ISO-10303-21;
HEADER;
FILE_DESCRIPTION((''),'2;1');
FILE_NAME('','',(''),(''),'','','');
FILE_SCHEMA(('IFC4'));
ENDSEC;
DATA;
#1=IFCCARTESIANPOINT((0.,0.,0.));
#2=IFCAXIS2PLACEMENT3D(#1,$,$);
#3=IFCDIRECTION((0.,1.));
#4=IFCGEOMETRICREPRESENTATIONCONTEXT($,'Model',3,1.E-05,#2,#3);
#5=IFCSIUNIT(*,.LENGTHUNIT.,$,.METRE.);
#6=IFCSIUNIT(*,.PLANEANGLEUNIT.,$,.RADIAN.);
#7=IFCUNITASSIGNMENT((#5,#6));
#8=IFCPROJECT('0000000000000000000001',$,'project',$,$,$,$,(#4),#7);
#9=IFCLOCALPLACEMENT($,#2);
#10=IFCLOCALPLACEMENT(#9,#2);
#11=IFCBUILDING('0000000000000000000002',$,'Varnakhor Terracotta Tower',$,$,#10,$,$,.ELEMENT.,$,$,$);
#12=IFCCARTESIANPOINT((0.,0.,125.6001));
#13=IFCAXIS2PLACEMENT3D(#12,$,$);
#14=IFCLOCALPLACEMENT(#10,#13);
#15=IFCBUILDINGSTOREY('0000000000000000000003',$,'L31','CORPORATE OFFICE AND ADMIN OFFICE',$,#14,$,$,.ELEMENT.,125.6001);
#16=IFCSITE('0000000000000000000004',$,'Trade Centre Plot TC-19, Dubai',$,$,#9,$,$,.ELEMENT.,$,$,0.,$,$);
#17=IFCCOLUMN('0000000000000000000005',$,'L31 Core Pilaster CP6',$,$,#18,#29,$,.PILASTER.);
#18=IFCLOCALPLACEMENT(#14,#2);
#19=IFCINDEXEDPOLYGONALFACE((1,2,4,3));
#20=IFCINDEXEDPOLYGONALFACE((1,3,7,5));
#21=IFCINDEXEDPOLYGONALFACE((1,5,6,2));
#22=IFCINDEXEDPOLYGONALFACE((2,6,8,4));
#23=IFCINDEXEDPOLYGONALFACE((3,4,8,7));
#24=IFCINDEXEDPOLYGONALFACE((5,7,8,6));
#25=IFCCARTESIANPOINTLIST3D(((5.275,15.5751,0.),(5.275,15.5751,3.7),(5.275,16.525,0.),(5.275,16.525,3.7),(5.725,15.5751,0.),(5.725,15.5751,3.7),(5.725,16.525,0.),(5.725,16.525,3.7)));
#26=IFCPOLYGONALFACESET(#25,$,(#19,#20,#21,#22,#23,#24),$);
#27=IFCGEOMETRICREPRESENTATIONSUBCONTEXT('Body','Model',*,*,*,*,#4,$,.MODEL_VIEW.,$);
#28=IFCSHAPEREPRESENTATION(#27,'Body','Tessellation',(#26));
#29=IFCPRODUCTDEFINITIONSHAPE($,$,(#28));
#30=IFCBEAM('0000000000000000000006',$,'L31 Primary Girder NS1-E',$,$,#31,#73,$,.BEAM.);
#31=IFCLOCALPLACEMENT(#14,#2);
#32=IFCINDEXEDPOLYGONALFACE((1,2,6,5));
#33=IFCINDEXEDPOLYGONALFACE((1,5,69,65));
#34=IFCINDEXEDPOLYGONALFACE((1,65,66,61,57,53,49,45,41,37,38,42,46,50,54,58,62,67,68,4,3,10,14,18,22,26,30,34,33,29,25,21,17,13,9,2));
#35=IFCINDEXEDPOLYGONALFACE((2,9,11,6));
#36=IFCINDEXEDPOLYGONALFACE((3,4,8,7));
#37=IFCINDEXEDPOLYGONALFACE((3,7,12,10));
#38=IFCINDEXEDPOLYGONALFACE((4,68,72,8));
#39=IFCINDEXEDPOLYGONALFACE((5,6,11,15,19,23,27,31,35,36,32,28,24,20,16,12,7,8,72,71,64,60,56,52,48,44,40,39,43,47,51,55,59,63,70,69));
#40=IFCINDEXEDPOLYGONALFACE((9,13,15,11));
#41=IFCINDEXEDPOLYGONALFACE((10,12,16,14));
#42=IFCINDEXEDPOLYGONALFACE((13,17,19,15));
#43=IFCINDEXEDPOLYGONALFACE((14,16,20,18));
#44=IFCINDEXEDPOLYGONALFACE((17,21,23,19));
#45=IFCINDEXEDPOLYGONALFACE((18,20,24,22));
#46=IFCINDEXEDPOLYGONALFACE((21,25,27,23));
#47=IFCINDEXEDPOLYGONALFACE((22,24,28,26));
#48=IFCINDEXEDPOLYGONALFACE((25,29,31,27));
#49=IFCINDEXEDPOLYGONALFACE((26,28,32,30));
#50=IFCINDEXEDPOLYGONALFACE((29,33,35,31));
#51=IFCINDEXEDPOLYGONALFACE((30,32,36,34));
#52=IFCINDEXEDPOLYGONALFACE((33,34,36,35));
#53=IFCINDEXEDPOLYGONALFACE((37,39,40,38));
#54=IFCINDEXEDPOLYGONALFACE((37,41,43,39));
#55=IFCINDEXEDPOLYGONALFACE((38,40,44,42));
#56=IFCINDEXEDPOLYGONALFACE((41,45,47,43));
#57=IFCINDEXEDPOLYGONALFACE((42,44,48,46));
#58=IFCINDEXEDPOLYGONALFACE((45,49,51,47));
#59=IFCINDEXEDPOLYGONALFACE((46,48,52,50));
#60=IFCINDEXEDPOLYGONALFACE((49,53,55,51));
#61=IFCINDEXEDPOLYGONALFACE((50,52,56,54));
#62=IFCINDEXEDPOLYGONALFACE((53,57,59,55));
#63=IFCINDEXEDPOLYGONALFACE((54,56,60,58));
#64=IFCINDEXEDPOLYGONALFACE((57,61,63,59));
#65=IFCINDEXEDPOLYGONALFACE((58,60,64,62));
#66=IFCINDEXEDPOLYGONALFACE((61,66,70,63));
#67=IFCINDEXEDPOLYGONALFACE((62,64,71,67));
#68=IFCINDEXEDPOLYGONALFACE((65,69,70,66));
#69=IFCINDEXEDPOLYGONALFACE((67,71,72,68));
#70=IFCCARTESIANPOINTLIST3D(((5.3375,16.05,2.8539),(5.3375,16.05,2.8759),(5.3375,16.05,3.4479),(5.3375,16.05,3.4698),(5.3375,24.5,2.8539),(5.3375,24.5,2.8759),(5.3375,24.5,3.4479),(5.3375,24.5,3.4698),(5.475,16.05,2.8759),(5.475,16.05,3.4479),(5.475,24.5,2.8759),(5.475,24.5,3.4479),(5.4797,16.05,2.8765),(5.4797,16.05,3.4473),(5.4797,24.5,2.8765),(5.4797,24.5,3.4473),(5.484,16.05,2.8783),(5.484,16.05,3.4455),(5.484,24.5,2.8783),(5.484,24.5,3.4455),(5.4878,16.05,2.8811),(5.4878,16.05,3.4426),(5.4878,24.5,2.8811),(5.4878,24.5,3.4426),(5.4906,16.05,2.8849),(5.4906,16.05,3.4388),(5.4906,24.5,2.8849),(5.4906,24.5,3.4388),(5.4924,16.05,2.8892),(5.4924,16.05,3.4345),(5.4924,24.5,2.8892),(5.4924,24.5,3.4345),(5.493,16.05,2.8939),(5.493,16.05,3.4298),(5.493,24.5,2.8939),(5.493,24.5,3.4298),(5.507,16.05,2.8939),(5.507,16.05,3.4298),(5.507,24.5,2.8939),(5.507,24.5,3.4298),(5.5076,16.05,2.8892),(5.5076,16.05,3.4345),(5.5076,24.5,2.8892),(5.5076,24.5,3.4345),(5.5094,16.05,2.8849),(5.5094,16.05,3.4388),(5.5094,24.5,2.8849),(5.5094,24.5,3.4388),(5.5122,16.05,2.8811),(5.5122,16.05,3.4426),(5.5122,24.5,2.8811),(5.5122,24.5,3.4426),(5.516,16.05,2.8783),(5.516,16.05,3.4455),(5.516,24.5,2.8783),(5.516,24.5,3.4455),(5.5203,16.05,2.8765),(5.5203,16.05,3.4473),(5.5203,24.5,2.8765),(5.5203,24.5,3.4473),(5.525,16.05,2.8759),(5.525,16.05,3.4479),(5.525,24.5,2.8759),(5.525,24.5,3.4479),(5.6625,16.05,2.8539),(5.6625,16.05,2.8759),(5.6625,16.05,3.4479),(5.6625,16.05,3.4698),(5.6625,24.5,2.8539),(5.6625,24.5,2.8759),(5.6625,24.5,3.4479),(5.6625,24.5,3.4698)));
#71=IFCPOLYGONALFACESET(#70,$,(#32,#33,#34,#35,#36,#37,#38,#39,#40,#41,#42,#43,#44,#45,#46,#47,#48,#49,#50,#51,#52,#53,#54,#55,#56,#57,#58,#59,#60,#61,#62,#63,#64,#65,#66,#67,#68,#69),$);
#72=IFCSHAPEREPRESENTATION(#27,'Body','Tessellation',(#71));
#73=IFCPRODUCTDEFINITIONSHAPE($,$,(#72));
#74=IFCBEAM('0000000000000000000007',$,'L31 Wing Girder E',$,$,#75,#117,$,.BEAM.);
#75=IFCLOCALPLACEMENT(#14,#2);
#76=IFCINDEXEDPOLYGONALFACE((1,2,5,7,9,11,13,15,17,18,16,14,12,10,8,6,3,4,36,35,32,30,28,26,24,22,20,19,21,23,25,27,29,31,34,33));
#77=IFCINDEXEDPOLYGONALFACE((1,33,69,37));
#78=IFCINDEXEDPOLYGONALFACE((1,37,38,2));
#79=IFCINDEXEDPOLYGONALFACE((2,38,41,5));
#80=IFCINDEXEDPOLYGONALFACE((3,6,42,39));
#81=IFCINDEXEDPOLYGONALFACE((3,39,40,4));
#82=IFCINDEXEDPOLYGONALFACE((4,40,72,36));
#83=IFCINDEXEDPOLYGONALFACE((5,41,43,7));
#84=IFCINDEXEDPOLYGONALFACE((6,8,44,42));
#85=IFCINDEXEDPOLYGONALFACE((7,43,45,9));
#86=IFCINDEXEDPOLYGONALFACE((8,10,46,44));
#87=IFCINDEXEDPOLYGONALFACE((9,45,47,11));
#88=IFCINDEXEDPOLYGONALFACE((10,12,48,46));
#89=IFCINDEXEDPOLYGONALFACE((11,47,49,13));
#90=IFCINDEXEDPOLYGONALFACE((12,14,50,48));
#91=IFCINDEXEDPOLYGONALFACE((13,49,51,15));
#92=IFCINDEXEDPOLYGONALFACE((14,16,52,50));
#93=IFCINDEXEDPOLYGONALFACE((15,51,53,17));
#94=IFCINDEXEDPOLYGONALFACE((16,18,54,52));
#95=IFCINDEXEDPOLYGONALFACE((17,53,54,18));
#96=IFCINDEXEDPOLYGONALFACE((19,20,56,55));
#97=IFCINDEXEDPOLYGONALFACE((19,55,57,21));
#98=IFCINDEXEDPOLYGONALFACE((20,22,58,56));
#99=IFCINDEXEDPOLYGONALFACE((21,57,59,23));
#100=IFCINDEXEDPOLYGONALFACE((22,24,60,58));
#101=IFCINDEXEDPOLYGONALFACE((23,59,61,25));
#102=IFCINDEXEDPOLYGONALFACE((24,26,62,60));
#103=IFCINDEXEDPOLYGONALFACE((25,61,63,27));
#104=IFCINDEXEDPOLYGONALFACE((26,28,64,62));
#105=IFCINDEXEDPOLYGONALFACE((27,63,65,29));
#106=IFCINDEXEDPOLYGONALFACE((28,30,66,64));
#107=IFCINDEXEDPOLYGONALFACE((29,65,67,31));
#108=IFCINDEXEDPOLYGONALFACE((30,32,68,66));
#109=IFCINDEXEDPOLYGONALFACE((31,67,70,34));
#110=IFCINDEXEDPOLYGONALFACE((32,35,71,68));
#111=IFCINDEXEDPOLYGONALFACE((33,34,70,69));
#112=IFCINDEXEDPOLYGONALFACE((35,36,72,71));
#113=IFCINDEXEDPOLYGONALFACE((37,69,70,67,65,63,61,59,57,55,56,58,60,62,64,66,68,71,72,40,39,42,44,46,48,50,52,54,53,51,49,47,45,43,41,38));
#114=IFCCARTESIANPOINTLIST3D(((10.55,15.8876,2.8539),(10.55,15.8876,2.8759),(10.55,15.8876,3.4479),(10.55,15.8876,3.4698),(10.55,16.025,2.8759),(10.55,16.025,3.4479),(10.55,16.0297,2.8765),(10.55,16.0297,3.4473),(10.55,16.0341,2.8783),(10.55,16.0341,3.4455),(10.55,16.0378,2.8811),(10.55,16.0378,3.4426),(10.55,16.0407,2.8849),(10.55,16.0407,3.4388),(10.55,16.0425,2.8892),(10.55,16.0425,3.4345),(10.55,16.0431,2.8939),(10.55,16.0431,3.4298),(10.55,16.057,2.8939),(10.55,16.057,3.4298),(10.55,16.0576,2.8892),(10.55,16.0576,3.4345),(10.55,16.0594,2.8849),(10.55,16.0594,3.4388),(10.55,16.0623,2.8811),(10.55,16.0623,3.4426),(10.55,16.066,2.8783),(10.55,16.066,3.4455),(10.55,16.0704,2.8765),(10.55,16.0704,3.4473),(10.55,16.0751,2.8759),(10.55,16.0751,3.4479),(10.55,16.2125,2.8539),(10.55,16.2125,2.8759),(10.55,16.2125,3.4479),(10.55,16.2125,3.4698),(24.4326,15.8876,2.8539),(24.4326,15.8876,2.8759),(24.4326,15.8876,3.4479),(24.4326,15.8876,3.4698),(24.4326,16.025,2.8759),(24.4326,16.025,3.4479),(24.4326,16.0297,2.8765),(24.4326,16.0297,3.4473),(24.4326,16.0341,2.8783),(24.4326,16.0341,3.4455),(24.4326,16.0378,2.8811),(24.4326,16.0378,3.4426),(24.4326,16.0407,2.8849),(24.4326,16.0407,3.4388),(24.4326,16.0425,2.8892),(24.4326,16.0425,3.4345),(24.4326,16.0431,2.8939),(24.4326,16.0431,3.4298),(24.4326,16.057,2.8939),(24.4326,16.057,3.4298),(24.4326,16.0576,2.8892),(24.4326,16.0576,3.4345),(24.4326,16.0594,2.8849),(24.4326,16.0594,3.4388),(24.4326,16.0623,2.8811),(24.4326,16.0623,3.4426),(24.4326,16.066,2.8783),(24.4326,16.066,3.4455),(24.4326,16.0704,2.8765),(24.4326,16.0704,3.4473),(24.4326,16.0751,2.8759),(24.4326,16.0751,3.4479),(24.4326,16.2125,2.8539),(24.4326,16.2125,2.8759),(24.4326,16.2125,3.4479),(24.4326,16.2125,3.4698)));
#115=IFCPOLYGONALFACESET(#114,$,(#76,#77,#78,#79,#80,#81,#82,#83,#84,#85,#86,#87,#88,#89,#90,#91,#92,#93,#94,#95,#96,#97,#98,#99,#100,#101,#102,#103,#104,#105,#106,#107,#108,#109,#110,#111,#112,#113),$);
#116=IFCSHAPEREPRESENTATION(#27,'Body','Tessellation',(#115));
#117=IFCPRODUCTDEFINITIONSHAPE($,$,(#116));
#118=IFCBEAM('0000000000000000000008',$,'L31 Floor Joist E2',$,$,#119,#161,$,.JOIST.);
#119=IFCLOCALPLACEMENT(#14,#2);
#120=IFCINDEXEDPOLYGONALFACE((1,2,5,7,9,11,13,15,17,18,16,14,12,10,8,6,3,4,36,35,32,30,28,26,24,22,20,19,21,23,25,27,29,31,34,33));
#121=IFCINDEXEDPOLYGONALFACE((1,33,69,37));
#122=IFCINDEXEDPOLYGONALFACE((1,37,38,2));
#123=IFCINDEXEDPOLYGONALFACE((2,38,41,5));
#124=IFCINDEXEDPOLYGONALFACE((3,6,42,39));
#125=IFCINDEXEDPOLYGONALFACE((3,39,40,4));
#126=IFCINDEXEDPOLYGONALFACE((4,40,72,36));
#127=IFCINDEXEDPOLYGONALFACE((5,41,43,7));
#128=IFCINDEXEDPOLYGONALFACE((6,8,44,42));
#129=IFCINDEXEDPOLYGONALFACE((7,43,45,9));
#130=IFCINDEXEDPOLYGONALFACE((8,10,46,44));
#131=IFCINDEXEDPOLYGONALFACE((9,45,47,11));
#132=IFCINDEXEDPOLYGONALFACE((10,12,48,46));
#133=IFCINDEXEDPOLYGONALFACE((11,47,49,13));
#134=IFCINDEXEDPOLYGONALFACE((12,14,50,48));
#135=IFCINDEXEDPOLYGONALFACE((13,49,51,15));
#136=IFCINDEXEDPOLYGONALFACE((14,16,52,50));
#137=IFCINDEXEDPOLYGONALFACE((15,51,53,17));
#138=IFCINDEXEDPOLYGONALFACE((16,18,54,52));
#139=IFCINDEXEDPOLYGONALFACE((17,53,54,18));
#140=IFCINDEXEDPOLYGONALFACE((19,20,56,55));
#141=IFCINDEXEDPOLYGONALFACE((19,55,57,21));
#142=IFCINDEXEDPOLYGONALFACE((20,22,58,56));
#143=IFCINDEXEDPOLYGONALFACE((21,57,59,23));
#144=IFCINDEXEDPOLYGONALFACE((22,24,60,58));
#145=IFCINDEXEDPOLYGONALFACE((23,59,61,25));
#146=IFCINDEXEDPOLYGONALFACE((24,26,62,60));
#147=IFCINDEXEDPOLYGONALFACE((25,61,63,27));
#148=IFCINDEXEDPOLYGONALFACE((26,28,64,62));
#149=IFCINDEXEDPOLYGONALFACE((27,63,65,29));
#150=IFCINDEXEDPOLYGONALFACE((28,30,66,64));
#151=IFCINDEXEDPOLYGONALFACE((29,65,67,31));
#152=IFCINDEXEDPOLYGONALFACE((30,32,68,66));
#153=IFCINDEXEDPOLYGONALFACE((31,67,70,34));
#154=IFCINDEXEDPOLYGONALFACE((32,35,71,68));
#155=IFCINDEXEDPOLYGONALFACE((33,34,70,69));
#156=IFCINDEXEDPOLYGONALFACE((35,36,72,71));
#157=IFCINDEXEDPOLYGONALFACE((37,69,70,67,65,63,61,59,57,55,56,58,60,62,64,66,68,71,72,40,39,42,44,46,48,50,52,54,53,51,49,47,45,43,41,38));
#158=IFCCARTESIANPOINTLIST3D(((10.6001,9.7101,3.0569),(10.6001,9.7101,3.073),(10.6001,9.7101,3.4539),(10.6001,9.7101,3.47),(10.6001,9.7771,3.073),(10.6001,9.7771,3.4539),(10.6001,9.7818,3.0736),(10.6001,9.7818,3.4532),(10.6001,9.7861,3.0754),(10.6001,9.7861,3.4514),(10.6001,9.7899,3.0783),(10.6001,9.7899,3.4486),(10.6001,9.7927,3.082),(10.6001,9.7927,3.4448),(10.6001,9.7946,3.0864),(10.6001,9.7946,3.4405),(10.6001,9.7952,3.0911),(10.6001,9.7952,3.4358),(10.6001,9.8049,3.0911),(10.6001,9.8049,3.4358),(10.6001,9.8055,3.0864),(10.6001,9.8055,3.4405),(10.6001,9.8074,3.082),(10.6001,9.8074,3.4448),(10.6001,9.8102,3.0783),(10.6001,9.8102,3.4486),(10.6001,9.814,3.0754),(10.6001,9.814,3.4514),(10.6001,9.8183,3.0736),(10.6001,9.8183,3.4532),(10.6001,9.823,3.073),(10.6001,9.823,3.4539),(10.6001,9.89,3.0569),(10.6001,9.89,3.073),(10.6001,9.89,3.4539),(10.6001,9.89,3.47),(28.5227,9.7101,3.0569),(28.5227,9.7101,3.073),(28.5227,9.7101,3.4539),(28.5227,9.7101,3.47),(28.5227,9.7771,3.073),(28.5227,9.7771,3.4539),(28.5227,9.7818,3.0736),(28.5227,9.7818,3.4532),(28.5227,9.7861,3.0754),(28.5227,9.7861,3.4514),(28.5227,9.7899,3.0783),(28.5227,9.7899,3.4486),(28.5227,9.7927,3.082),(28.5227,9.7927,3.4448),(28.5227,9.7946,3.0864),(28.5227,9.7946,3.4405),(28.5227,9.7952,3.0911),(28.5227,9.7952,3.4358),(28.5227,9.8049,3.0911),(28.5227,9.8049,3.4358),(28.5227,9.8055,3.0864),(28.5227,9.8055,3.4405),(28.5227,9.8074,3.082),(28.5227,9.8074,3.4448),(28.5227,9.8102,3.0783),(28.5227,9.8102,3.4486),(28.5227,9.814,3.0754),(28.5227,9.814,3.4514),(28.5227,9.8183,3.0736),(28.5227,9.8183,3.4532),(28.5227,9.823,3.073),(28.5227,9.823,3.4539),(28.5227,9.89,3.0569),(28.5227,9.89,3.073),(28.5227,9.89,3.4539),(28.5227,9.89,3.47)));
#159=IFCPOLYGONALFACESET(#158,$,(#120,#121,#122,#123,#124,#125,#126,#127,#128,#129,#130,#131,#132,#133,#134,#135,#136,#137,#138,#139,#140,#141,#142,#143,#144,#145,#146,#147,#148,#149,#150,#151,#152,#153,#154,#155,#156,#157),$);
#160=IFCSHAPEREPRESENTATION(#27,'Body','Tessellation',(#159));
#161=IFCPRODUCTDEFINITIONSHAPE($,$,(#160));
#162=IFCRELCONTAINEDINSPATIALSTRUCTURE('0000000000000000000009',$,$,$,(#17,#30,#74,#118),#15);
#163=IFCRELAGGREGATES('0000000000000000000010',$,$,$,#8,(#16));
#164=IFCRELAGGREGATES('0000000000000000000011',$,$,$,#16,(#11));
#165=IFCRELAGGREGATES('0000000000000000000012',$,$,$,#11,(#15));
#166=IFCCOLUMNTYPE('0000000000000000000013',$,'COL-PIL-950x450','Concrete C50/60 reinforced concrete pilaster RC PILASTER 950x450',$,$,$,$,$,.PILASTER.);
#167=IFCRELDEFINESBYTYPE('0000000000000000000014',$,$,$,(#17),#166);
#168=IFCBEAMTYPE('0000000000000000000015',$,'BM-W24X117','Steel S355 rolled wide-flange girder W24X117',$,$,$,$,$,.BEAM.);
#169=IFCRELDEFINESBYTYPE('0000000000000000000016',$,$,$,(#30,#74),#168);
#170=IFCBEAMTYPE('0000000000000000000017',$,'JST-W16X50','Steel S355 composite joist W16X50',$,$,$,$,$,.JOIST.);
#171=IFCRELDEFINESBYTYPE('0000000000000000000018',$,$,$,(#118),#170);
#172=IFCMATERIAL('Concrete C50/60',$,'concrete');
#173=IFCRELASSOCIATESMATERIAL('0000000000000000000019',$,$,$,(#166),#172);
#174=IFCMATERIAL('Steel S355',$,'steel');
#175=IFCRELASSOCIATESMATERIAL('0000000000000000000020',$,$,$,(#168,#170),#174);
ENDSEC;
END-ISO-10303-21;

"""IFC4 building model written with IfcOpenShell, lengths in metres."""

from ifc_helpers import new_model, si_unit, direction, frame, origin, origin_2d, place, context, subcontext, project, spatial, rectangle, i_section, extrude, source, transform, mapped, material, material_profile, profile_set, type_object, type_shapes, element, save


model = new_model("IFC4")

# Units and contexts
model_context = context("Model", 3, precision=1e-05, world=origin(), true_north=direction((0.0, 1.0)))
body_context = subcontext(model_context, "Body", "Model", "MODEL_VIEW")
ifc_project = project(units=[si_unit("LENGTHUNIT", "METRE"), si_unit("PLANEANGLEUNIT", "RADIAN")], contexts=[model_context])

# Site, building, storey
site_placement = place(None, origin())
site = spatial("IfcSite", under=ifc_project, at=site_placement, Name="Trade Centre Plot TC-19, Dubai", CompositionType="ELEMENT", RefElevation=0.0)
building_placement = place(site_placement, origin())
building = spatial("IfcBuilding", under=site, at=building_placement, Name="Varnakhor Terracotta Tower", CompositionType="ELEMENT")
storey_placement = place(building_placement, frame((0.0, 0.0, 125.6001)))
storey = spatial("IfcBuildingStorey", under=building, at=storey_placement, Name="L31", Description="CORPORATE OFFICE AND ADMIN OFFICE", CompositionType="ELEMENT", Elevation=125.6001)

# Column
ifc_material_1 = material(Name="Concrete C50/60", Category="concrete")
ifc_material_profile_1 = material_profile(ifc_material_1, rectangle(XDim=0.45, YDim=0.95, at=origin_2d()), Name="RC PILASTER 950x450")
ifc_profile_set_1 = profile_set([ifc_material_profile_1], Name="Concrete C50/60")
column_type = type_object("IfcColumnType", Name="COL-PIL-950x450", Description="Concrete C50/60 reinforced concrete pilaster RC PILASTER 950x450", PredefinedType="PILASTER", material=ifc_profile_set_1)
shared_shape_1 = source(origin(), body_context, "Body", "SweptSolid", [
    extrude(rectangle(XDim=0.45, YDim=0.95, at=origin_2d()), origin(), (0.0, 0.0, 1.0), 3.7),
])
column_placement = place(storey_placement, frame((5.5, 16.05, 0.0), z_axis=(0.0, 0.0, 1.0), x_axis=(1.0, 0.0, 0.0)))
element("IfcColumn", 1, at=column_placement, inside=storey, type_object=column_type, Name="L31 Core Pilaster CP6", PredefinedType="PILASTER", context=body_context, shape_type="MappedRepresentation", body=[
    mapped(shared_shape_1, transform((0.0, 0.0, 0.0), scale=1.0)),
])

# Beams
ifc_material_2 = material(Name="Steel S355", Category="steel")
ifc_material_profile_2 = material_profile(ifc_material_2, i_section(OverallWidth=0.325, OverallDepth=0.616, WebThickness=0.0139, FlangeThickness=0.022, FilletRadius=0.0181, at=origin_2d()), Name="W24X117")
ifc_profile_set_2 = profile_set([ifc_material_profile_2], Name="Steel S355")
beam_type_1 = type_object("IfcBeamType", Name="BM-W24X117", Description="Steel S355 rolled wide-flange girder W24X117", PredefinedType="BEAM", material=ifc_profile_set_2)
shared_shape_2 = source(origin(), body_context, "Body", "SweptSolid", [
    extrude(i_section(OverallWidth=0.325, OverallDepth=0.616, WebThickness=0.0139, FlangeThickness=0.022, FilletRadius=0.0181, at=origin_2d()), origin(), (0.0, 0.0, 1.0), 8.45),
])
type_shapes(beam_type_1, [shared_shape_2])
beam_1_placement = place(storey_placement, frame((5.5, 16.05, 3.1619), z_axis=(0.0, 1.0, 0.0), x_axis=(-1.0, 0.0, 0.0)))
element("IfcBeam", 2, at=beam_1_placement, inside=storey, type_object=beam_type_1, Name="L31 Primary Girder NS1-E", PredefinedType="BEAM", context=body_context, shape_type="MappedRepresentation", body=[
    mapped(shared_shape_2, transform((0.0, 0.0, 0.0), scale=1.0)),
])
shared_shape_3 = source(origin(), body_context, "Body", "SweptSolid", [
    extrude(i_section(OverallWidth=0.325, OverallDepth=0.616, WebThickness=0.0139, FlangeThickness=0.022, FilletRadius=0.0181, at=origin_2d()), origin(), (0.0, 0.0, 1.0), 13.8826),
])
beam_2_placement = place(storey_placement, frame((10.55, 16.05, 3.1619), z_axis=(1.0, 0.0, 0.0), x_axis=(0.0, 1.0, 0.0)))
element("IfcBeam", 3, at=beam_2_placement, inside=storey, type_object=beam_type_1, Name="L31 Wing Girder E", PredefinedType="BEAM", context=body_context, shape_type="MappedRepresentation", body=[
    mapped(shared_shape_3, transform((0.0, 0.0, 0.0), scale=1.0)),
])
ifc_material_profile_3 = material_profile(ifc_material_2, i_section(OverallWidth=0.1799, OverallDepth=0.4131, WebThickness=0.0098, FlangeThickness=0.0161, FilletRadius=0.0181, at=origin_2d()), Name="W16X50")
ifc_profile_set_3 = profile_set([ifc_material_profile_3], Name="Steel S355")
beam_type_2 = type_object("IfcBeamType", Name="JST-W16X50", Description="Steel S355 composite joist W16X50", PredefinedType="JOIST", material=ifc_profile_set_3)
shared_shape_4 = source(origin(), body_context, "Body", "SweptSolid", [
    extrude(i_section(OverallWidth=0.1799, OverallDepth=0.4131, WebThickness=0.0098, FlangeThickness=0.0161, FilletRadius=0.0181, at=origin_2d()), origin(), (0.0, 0.0, 1.0), 17.9226),
])
beam_3_placement = place(storey_placement, frame((10.6001, 9.8, 3.2634), z_axis=(1.0, 0.0, 0.0), x_axis=(0.0, 1.0, 0.0)))
element("IfcBeam", 4, at=beam_3_placement, inside=storey, type_object=beam_type_2, Name="L31 Floor Joist E2", PredefinedType="JOIST", context=body_context, shape_type="MappedRepresentation", body=[
    mapped(shared_shape_4, transform((0.0, 0.0, 0.0), scale=1.0)),
])

save(model, "model.ifc")
